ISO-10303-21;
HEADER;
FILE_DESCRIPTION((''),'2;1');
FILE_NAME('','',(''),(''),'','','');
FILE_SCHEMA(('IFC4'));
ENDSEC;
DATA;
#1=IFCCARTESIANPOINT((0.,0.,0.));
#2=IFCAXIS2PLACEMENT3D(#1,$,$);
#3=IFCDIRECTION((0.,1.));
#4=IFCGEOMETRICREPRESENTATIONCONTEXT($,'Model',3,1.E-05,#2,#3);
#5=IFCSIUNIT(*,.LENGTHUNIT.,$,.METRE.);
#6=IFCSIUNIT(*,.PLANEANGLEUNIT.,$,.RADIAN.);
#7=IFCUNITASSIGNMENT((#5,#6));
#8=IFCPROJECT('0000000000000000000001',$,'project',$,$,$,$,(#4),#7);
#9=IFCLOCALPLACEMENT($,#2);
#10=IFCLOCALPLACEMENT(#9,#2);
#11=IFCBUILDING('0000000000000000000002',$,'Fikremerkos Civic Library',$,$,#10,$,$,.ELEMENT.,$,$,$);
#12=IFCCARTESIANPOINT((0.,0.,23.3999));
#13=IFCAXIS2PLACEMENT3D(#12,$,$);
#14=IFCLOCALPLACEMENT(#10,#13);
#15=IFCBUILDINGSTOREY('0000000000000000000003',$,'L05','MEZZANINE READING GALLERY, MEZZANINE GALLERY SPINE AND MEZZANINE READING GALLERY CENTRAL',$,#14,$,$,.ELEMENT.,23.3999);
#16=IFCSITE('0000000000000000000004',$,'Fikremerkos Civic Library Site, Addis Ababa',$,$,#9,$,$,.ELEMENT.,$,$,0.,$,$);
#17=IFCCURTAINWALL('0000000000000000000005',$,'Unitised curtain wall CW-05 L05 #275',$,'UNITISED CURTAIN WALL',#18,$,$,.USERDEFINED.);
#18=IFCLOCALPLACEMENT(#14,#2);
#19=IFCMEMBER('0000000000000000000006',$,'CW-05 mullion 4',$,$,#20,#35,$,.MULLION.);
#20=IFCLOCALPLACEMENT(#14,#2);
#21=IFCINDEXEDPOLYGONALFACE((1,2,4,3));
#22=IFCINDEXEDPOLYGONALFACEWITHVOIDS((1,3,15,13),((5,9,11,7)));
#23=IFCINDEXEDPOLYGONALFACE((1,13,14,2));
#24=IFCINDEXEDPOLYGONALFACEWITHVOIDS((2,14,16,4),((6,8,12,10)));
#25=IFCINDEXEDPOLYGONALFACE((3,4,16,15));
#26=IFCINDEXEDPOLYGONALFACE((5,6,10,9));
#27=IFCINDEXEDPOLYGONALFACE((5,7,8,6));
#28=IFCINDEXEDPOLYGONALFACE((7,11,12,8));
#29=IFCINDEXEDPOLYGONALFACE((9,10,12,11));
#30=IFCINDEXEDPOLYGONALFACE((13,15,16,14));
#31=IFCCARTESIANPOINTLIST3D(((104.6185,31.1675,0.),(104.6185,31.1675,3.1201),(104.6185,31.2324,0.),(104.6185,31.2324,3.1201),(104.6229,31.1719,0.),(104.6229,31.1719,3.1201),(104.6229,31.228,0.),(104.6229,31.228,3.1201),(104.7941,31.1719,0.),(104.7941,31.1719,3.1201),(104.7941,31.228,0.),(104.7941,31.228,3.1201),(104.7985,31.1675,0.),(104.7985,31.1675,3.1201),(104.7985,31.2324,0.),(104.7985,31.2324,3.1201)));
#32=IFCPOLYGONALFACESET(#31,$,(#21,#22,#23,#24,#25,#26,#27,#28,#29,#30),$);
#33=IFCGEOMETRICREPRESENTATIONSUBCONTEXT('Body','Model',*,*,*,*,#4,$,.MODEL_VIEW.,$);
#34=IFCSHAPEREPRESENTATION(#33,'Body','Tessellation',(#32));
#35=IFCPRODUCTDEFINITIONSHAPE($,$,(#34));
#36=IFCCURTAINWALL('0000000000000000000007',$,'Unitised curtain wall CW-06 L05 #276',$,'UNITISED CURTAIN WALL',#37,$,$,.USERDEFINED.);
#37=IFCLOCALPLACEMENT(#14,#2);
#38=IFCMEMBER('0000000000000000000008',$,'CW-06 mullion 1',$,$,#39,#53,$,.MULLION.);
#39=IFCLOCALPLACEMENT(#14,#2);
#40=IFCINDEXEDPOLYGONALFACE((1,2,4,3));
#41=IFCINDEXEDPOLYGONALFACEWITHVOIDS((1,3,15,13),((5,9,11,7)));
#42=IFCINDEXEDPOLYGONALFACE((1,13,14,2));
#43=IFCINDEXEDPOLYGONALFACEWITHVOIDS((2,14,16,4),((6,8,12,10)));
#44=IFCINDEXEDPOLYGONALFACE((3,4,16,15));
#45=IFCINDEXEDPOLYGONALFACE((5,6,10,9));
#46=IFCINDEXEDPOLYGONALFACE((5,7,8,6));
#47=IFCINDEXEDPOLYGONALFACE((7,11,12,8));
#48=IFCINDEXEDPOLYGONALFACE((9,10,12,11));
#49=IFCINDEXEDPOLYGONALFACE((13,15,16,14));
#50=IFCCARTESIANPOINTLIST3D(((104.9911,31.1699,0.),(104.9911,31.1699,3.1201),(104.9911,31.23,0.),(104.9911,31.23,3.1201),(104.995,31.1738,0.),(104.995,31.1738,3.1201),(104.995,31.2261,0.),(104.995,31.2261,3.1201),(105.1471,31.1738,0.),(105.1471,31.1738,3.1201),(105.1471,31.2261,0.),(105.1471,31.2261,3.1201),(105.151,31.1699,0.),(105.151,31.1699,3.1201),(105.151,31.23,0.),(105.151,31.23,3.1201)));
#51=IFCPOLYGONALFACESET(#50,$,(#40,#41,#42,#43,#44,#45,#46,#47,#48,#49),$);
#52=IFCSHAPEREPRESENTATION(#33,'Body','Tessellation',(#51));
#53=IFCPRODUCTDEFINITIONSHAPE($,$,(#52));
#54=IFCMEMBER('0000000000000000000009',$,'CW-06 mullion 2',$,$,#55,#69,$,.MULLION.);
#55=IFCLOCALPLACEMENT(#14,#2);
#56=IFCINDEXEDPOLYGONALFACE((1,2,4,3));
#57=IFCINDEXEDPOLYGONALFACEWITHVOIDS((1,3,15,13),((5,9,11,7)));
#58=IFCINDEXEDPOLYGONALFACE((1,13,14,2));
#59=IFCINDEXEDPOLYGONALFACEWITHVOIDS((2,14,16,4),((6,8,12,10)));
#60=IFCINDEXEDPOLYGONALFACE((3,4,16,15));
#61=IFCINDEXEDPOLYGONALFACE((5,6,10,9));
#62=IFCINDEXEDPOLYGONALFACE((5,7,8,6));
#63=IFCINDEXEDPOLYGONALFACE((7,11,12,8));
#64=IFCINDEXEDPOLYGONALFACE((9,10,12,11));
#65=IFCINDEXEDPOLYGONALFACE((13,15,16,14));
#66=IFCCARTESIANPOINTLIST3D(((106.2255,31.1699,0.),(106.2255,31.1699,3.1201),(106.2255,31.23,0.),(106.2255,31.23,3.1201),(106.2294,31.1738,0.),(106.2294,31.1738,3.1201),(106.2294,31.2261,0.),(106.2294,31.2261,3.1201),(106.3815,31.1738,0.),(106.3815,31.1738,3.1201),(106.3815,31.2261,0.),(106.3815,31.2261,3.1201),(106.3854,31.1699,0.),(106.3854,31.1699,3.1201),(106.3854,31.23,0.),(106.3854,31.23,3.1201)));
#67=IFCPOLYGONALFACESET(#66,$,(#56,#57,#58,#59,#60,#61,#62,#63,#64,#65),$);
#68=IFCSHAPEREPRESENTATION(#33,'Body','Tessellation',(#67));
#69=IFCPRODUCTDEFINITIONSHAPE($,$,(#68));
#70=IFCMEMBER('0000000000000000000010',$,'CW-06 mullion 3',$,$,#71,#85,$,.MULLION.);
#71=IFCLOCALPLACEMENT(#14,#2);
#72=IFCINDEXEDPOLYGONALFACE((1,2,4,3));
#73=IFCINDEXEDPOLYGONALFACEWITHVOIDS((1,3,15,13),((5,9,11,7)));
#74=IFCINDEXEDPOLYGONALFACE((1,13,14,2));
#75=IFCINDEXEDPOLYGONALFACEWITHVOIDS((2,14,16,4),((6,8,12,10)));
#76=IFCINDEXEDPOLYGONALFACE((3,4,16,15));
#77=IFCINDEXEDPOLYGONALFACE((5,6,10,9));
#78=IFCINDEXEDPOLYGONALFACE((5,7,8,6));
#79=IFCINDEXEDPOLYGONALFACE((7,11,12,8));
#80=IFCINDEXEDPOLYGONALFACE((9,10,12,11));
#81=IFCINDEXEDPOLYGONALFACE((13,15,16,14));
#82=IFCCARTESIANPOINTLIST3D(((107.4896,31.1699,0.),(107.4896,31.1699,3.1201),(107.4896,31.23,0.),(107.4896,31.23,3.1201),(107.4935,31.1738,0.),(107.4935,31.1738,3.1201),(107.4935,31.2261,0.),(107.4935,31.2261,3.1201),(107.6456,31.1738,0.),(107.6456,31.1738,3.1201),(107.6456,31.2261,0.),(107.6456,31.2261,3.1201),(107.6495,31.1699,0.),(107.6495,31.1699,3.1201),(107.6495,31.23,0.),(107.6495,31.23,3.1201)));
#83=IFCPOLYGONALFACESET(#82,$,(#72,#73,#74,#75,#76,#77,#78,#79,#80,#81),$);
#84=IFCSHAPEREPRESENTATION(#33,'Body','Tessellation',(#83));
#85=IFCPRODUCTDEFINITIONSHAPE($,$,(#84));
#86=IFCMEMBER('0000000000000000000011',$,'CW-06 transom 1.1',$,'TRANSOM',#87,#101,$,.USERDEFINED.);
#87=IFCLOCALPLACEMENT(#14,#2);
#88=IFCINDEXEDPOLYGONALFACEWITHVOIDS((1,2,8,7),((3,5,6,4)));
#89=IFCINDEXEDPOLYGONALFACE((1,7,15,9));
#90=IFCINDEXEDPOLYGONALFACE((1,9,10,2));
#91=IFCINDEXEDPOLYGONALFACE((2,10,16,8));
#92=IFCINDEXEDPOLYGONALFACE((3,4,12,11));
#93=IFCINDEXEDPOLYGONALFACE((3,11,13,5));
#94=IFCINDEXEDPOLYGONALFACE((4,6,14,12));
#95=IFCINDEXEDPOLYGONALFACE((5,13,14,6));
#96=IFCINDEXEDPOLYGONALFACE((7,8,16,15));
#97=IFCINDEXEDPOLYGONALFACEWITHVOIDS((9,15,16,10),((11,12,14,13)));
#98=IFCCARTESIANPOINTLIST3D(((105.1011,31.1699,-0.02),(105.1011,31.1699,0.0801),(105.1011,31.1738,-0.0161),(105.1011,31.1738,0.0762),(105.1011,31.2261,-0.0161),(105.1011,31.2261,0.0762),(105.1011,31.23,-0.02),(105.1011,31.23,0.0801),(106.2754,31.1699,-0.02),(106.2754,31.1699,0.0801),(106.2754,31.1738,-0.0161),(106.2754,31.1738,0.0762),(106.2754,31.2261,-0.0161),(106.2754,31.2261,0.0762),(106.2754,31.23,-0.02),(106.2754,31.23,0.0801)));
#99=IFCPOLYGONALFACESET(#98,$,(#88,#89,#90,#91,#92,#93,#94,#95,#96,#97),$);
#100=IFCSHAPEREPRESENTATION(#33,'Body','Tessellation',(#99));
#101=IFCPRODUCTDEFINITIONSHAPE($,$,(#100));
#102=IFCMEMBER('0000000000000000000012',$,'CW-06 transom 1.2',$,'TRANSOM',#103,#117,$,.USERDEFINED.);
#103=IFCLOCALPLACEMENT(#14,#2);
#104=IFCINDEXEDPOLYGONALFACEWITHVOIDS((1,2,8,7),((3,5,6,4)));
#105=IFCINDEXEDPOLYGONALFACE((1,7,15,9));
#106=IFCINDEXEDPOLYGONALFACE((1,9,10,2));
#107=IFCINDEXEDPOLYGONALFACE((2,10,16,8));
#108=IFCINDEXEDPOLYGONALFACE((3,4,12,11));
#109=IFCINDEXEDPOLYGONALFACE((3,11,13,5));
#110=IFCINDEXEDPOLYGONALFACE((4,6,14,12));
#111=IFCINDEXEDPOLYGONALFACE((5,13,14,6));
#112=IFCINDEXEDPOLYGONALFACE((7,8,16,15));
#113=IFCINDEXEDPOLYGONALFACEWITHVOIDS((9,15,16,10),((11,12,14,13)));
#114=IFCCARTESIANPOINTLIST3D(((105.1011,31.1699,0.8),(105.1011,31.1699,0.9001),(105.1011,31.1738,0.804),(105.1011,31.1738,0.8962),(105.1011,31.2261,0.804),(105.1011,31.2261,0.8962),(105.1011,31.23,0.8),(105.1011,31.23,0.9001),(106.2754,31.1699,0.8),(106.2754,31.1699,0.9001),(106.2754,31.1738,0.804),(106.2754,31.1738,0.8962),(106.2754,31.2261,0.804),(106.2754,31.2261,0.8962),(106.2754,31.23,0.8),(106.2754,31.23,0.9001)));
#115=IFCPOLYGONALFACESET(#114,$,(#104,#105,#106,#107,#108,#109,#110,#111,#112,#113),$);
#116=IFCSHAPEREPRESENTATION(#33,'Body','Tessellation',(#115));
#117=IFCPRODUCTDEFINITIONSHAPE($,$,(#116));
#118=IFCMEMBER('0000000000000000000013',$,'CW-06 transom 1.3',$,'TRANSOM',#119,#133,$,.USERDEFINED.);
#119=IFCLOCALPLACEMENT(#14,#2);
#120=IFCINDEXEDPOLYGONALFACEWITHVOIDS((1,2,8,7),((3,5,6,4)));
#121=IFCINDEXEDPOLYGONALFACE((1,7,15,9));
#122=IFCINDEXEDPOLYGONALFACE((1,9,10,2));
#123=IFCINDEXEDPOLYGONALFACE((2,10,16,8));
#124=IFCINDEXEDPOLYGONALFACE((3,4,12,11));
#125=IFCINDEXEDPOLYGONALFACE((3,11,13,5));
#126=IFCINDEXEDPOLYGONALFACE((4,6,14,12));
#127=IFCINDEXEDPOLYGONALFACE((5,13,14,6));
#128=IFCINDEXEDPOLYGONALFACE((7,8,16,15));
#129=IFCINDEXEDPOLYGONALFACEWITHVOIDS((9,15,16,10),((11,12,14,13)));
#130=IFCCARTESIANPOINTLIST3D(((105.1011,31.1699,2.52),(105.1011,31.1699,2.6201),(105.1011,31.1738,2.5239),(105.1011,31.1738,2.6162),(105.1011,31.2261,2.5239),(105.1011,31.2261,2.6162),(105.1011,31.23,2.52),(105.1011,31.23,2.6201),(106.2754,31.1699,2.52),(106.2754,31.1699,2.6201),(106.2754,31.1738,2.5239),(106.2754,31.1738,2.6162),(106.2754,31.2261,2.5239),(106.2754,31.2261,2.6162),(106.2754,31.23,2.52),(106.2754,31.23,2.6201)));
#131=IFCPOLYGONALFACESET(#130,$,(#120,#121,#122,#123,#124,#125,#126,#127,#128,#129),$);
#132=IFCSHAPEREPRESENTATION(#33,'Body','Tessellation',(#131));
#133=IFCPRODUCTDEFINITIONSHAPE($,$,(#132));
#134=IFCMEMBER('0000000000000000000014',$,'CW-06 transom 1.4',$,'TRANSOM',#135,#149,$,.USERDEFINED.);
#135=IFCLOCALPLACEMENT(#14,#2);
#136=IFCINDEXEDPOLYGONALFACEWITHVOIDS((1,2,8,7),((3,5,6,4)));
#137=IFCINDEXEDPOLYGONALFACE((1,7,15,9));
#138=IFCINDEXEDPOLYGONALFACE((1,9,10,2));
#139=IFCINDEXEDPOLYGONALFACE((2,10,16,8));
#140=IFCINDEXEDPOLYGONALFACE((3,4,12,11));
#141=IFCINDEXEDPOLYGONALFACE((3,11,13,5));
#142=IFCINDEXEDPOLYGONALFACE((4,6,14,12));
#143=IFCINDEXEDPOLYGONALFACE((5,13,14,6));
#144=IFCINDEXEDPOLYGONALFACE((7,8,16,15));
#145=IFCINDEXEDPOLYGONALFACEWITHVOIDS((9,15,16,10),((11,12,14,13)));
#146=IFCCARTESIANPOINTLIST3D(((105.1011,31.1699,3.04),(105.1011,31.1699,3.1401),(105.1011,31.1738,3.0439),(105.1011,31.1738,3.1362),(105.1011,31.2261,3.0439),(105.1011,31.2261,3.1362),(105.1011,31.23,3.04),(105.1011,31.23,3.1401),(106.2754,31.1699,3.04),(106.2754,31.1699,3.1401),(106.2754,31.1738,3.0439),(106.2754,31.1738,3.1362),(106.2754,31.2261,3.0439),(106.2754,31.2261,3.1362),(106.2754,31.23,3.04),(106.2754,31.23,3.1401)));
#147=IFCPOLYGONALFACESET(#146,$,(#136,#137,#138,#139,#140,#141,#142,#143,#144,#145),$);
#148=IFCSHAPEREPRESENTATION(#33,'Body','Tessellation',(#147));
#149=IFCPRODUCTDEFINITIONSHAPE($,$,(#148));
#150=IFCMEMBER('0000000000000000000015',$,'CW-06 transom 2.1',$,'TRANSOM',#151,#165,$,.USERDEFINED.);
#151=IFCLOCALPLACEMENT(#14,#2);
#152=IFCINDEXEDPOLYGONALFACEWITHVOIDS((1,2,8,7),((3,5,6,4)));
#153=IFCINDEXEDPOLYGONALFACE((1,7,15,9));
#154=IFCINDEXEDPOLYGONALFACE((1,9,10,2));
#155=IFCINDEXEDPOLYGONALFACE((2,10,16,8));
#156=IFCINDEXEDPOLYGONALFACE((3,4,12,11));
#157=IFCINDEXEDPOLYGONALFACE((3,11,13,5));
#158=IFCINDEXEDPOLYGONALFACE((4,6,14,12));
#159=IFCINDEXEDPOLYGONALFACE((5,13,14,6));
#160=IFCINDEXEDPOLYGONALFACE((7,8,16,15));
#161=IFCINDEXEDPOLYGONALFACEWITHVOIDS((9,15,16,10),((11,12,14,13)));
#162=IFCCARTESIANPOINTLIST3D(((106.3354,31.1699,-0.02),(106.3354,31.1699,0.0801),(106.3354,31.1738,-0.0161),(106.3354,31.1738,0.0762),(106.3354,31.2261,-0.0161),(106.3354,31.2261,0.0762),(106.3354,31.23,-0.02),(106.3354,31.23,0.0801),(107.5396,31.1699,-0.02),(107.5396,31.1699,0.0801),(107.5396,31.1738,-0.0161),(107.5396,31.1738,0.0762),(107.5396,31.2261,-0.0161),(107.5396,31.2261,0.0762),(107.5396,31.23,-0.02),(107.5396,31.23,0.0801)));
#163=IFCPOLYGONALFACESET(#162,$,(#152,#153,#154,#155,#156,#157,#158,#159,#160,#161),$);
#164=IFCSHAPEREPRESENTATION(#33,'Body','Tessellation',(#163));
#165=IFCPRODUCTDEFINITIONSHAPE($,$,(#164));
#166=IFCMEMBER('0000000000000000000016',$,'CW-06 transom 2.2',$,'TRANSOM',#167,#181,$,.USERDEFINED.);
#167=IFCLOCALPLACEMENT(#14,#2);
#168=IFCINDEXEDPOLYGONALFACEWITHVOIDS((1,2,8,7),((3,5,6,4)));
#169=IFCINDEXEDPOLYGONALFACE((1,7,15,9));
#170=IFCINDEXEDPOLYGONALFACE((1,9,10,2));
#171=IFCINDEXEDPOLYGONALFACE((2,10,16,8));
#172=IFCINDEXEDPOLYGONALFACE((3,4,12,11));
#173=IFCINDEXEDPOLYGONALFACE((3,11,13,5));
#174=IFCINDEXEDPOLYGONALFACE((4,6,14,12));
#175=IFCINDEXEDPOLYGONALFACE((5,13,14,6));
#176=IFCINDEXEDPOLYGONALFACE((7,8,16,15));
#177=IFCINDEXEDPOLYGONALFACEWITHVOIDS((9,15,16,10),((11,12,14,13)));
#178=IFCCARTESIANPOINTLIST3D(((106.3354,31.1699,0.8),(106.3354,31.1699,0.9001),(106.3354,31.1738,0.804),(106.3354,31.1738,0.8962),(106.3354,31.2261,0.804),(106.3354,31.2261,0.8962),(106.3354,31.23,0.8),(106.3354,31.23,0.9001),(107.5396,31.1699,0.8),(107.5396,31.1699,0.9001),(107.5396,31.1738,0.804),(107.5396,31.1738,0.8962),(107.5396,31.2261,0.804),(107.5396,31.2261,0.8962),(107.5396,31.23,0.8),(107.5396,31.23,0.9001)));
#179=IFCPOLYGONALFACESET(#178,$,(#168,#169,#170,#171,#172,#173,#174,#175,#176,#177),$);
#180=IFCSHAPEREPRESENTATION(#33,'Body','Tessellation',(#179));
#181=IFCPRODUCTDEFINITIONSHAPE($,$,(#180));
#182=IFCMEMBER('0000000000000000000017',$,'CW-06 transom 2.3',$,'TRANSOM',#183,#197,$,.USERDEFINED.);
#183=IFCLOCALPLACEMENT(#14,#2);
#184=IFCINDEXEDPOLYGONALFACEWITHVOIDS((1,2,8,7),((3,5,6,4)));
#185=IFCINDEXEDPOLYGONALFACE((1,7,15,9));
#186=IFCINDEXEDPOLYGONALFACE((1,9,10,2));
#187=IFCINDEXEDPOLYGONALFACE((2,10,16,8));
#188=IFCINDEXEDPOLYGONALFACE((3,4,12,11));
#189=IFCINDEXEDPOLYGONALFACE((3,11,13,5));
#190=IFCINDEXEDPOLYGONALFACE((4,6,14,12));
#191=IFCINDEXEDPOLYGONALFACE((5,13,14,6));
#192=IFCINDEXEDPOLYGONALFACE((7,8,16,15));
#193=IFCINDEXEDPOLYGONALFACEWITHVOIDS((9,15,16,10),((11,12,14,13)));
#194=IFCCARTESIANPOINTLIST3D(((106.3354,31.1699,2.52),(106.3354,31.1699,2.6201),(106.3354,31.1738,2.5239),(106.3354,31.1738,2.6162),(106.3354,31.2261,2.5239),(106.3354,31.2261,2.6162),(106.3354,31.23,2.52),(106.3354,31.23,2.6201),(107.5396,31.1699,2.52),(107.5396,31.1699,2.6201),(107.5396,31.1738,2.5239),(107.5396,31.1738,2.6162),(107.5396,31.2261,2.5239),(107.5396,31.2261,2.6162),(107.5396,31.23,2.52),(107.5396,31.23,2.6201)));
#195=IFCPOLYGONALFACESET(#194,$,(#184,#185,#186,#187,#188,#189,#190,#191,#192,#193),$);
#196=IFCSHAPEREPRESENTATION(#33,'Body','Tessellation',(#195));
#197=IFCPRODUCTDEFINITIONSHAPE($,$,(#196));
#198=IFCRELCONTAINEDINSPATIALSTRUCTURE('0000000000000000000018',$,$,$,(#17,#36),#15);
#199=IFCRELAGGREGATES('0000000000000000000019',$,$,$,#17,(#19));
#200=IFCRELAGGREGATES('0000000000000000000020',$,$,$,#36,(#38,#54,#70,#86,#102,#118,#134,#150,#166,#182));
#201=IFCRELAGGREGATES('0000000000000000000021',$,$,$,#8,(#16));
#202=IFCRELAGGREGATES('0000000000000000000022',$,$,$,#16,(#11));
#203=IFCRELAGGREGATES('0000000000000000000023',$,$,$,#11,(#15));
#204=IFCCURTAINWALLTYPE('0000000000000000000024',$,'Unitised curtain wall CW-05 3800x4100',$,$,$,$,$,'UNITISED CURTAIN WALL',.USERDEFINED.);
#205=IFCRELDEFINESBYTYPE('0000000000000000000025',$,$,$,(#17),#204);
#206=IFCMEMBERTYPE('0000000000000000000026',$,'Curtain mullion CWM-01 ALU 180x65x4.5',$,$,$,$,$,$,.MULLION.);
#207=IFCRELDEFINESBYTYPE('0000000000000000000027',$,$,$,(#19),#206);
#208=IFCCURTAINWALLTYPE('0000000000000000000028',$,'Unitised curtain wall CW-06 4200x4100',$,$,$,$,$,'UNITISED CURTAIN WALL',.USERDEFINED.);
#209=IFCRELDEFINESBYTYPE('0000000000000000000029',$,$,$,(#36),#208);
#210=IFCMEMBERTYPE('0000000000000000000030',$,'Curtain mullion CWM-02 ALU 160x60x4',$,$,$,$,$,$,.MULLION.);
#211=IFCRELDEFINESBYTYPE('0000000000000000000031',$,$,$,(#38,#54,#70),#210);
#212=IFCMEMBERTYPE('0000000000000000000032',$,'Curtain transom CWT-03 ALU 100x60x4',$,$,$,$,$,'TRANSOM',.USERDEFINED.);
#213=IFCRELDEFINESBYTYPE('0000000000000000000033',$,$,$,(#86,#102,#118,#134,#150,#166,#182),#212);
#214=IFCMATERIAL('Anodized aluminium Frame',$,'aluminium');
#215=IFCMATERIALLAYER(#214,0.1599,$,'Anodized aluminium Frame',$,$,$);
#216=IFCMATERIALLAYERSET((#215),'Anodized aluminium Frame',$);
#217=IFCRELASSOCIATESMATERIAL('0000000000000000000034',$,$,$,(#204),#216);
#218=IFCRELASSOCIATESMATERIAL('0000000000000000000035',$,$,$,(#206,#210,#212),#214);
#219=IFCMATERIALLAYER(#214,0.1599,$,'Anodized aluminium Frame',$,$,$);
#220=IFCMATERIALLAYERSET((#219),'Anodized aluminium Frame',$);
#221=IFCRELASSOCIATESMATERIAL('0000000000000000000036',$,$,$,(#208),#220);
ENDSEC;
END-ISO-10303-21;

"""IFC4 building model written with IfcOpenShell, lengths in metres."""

from ifc_helpers import new_model, si_unit, direction, frame, origin, origin_2d, place, context, subcontext, project, spatial, hollow_rectangle, extrude, material, layer, layer_set, material_profile, profile_set, type_object, element, aggregate, save


model = new_model("IFC4")

# Units and contexts
model_context = context("Model", 3, precision=1e-05, world=origin(), true_north=direction((0.0, 1.0)))
body_context = subcontext(model_context, "Body", "Model", "MODEL_VIEW")
ifc_project = project(units=[si_unit("LENGTHUNIT", "METRE"), si_unit("PLANEANGLEUNIT", "RADIAN")], contexts=[model_context])

# Site, building, storey
site_placement = place(None, origin())
site = spatial("IfcSite", under=ifc_project, at=site_placement, Name="Fikremerkos Civic Library Site, Addis Ababa", CompositionType="ELEMENT", RefElevation=0.0)
building_placement = place(site_placement, origin())
building = spatial("IfcBuilding", under=site, at=building_placement, Name="Fikremerkos Civic Library", CompositionType="ELEMENT")
storey_placement = place(building_placement, frame((0.0, 0.0, 23.3999)))
storey = spatial("IfcBuildingStorey", under=building, at=storey_placement, Name="L05", Description="MEZZANINE READING GALLERY, MEZZANINE GALLERY SPINE AND MEZZANINE READING GALLERY CENTRAL", CompositionType="ELEMENT", Elevation=23.3999)

# Curtain wall, member
ifc_material_1 = material(Name="Anodized aluminium Frame", Category="aluminium")
ifc_layer_1 = layer(ifc_material_1, 0.1599, Name="Anodized aluminium Frame")
ifc_layer_set_1 = layer_set([ifc_layer_1], Name="Anodized aluminium Frame")
curtain_wall_type_1 = type_object("IfcCurtainWallType", Name="Unitised curtain wall CW-05 3800x4100", ElementType="UNITISED CURTAIN WALL", PredefinedType="USERDEFINED", material=ifc_layer_set_1)
curtain_wall_1_placement = place(storey_placement, origin())
curtain_wall_1 = element("IfcCurtainWall", 1, at=curtain_wall_1_placement, inside=storey, type_object=curtain_wall_type_1, Name="Unitised curtain wall CW-05 L05 #275", ObjectType="UNITISED CURTAIN WALL", PredefinedType="USERDEFINED")
ifc_material_profile_1 = material_profile(ifc_material_1, hollow_rectangle(XDim=0.0649, YDim=0.1799, WallThickness=0.0044, at=origin_2d()), Name="ALU 180x65x4.5")
ifc_profile_set_1 = profile_set([ifc_material_profile_1], Name="Anodized aluminium Frame")
member_type_1 = type_object("IfcMemberType", Name="Curtain mullion CWM-01 ALU 180x65x4.5", PredefinedType="MULLION", material=ifc_profile_set_1)
member_1_placement = place(storey_placement, frame((104.7085, 31.2, 0.0), z_axis=(0.0, 0.0, 1.0), x_axis=(0.0, 1.0, 0.0)))
member_1 = element("IfcMember", 2, at=member_1_placement, type_object=member_type_1, Name="CW-05 mullion 4", PredefinedType="MULLION", context=body_context, shape_type="SweptSolid", body=[
    extrude(hollow_rectangle(XDim=0.0649, YDim=0.1799, WallThickness=0.0044, at=origin_2d()), origin(), (0.0, 0.0, 1.0), 3.1201),
])

# Curtain wall, members
ifc_layer_2 = layer(ifc_material_1, 0.1599, Name="Anodized aluminium Frame")
ifc_layer_set_2 = layer_set([ifc_layer_2], Name="Anodized aluminium Frame")
curtain_wall_type_2 = type_object("IfcCurtainWallType", Name="Unitised curtain wall CW-06 4200x4100", ElementType="UNITISED CURTAIN WALL", PredefinedType="USERDEFINED", material=ifc_layer_set_2)
curtain_wall_2_placement = place(storey_placement, origin())
curtain_wall_2 = element("IfcCurtainWall", 3, at=curtain_wall_2_placement, inside=storey, type_object=curtain_wall_type_2, Name="Unitised curtain wall CW-06 L05 #276", ObjectType="UNITISED CURTAIN WALL", PredefinedType="USERDEFINED")
ifc_material_profile_2 = material_profile(ifc_material_1, hollow_rectangle(XDim=0.0601, YDim=0.1599, WallThickness=0.0039, at=origin_2d()), Name="ALU 160x60x4")
ifc_profile_set_2 = profile_set([ifc_material_profile_2], Name="Anodized aluminium Frame")
member_type_2 = type_object("IfcMemberType", Name="Curtain mullion CWM-02 ALU 160x60x4", PredefinedType="MULLION", material=ifc_profile_set_2)
member_2_placement = place(storey_placement, frame((105.071, 31.2, 0.0), z_axis=(0.0, 0.0, 1.0), x_axis=(0.0, 1.0, 0.0)))
member_2 = element("IfcMember", 4, at=member_2_placement, type_object=member_type_2, Name="CW-06 mullion 1", PredefinedType="MULLION", context=body_context, shape_type="SweptSolid", body=[
    extrude(hollow_rectangle(XDim=0.0601, YDim=0.1599, WallThickness=0.0039, at=origin_2d()), origin(), (0.0, 0.0, 1.0), 3.1201),
])
member_3_placement = place(storey_placement, frame((106.3054, 31.2, 0.0), z_axis=(0.0, 0.0, 1.0), x_axis=(0.0, 1.0, 0.0)))
member_3 = element("IfcMember", 5, at=member_3_placement, type_object=member_type_2, Name="CW-06 mullion 2", PredefinedType="MULLION", context=body_context, shape_type="SweptSolid", body=[
    extrude(hollow_rectangle(XDim=0.0601, YDim=0.1599, WallThickness=0.0039, at=origin_2d()), origin(), (0.0, 0.0, 1.0), 3.1201),
])
member_4_placement = place(storey_placement, frame((107.5696, 31.2, 0.0), z_axis=(0.0, 0.0, 1.0), x_axis=(0.0, 1.0, 0.0)))
member_4 = element("IfcMember", 6, at=member_4_placement, type_object=member_type_2, Name="CW-06 mullion 3", PredefinedType="MULLION", context=body_context, shape_type="SweptSolid", body=[
    extrude(hollow_rectangle(XDim=0.0601, YDim=0.1599, WallThickness=0.0039, at=origin_2d()), origin(), (0.0, 0.0, 1.0), 3.1201),
])
ifc_material_profile_3 = material_profile(ifc_material_1, hollow_rectangle(XDim=0.0601, YDim=0.1001, WallThickness=0.0039, at=origin_2d()), Name="ALU 100x60x4")
ifc_profile_set_3 = profile_set([ifc_material_profile_3], Name="Anodized aluminium Frame")
member_type_3 = type_object("IfcMemberType", Name="Curtain transom CWT-03 ALU 100x60x4", ElementType="TRANSOM", PredefinedType="USERDEFINED", material=ifc_profile_set_3)
member_5_placement = place(storey_placement, frame((105.1011, 31.2, 0.03), z_axis=(1.0, 0.0, 0.0), x_axis=(0.0, 1.0, 0.0)))
member_5 = element("IfcMember", 7, at=member_5_placement, type_object=member_type_3, Name="CW-06 transom 1.1", ObjectType="TRANSOM", PredefinedType="USERDEFINED", context=body_context, shape_type="SweptSolid", body=[
    extrude(hollow_rectangle(XDim=0.0601, YDim=0.1001, WallThickness=0.0039, at=origin_2d()), origin(), (0.0, 0.0, 1.0), 1.1743),
])
member_6_placement = place(storey_placement, frame((105.1011, 31.2, 0.8501), z_axis=(1.0, 0.0, 0.0), x_axis=(0.0, 1.0, 0.0)))
member_6 = element("IfcMember", 8, at=member_6_placement, type_object=member_type_3, Name="CW-06 transom 1.2", ObjectType="TRANSOM", PredefinedType="USERDEFINED", context=body_context, shape_type="SweptSolid", body=[
    extrude(hollow_rectangle(XDim=0.0601, YDim=0.1001, WallThickness=0.0039, at=origin_2d()), origin(), (0.0, 0.0, 1.0), 1.1743),
])
member_7_placement = place(storey_placement, frame((105.1011, 31.2, 2.5701), z_axis=(1.0, 0.0, 0.0), x_axis=(0.0, 1.0, 0.0)))
member_7 = element("IfcMember", 9, at=member_7_placement, type_object=member_type_3, Name="CW-06 transom 1.3", ObjectType="TRANSOM", PredefinedType="USERDEFINED", context=body_context, shape_type="SweptSolid", body=[
    extrude(hollow_rectangle(XDim=0.0601, YDim=0.1001, WallThickness=0.0039, at=origin_2d()), origin(), (0.0, 0.0, 1.0), 1.1743),
])
member_8_placement = place(storey_placement, frame((105.1011, 31.2, 3.0901), z_axis=(1.0, 0.0, 0.0), x_axis=(0.0, 1.0, 0.0)))
member_8 = element("IfcMember", 10, at=member_8_placement, type_object=member_type_3, Name="CW-06 transom 1.4", ObjectType="TRANSOM", PredefinedType="USERDEFINED", context=body_context, shape_type="SweptSolid", body=[
    extrude(hollow_rectangle(XDim=0.0601, YDim=0.1001, WallThickness=0.0039, at=origin_2d()), origin(), (0.0, 0.0, 1.0), 1.1743),
])
member_9_placement = place(storey_placement, frame((106.3354, 31.2, 0.03), z_axis=(1.0, 0.0, 0.0), x_axis=(0.0, 1.0, 0.0)))
member_9 = element("IfcMember", 11, at=member_9_placement, type_object=member_type_3, Name="CW-06 transom 2.1", ObjectType="TRANSOM", PredefinedType="USERDEFINED", context=body_context, shape_type="SweptSolid", body=[
    extrude(hollow_rectangle(XDim=0.0601, YDim=0.1001, WallThickness=0.0039, at=origin_2d()), origin(), (0.0, 0.0, 1.0), 1.2041),
])
member_10_placement = place(storey_placement, frame((106.3354, 31.2, 0.8501), z_axis=(1.0, 0.0, 0.0), x_axis=(0.0, 1.0, 0.0)))
member_10 = element("IfcMember", 12, at=member_10_placement, type_object=member_type_3, Name="CW-06 transom 2.2", ObjectType="TRANSOM", PredefinedType="USERDEFINED", context=body_context, shape_type="SweptSolid", body=[
    extrude(hollow_rectangle(XDim=0.0601, YDim=0.1001, WallThickness=0.0039, at=origin_2d()), origin(), (0.0, 0.0, 1.0), 1.2041),
])
member_11_placement = place(storey_placement, frame((106.3354, 31.2, 2.5701), z_axis=(1.0, 0.0, 0.0), x_axis=(0.0, 1.0, 0.0)))
member_11 = element("IfcMember", 13, at=member_11_placement, type_object=member_type_3, Name="CW-06 transom 2.3", ObjectType="TRANSOM", PredefinedType="USERDEFINED", context=body_context, shape_type="SweptSolid", body=[
    extrude(hollow_rectangle(XDim=0.0601, YDim=0.1001, WallThickness=0.0039, at=origin_2d()), origin(), (0.0, 0.0, 1.0), 1.2041),
])

aggregate(curtain_wall_1, [member_1])
aggregate(curtain_wall_2, [member_2, member_3, member_4, member_5, member_6, member_7, member_8, member_9, member_10, member_11])

save(model, "model.ifc")
